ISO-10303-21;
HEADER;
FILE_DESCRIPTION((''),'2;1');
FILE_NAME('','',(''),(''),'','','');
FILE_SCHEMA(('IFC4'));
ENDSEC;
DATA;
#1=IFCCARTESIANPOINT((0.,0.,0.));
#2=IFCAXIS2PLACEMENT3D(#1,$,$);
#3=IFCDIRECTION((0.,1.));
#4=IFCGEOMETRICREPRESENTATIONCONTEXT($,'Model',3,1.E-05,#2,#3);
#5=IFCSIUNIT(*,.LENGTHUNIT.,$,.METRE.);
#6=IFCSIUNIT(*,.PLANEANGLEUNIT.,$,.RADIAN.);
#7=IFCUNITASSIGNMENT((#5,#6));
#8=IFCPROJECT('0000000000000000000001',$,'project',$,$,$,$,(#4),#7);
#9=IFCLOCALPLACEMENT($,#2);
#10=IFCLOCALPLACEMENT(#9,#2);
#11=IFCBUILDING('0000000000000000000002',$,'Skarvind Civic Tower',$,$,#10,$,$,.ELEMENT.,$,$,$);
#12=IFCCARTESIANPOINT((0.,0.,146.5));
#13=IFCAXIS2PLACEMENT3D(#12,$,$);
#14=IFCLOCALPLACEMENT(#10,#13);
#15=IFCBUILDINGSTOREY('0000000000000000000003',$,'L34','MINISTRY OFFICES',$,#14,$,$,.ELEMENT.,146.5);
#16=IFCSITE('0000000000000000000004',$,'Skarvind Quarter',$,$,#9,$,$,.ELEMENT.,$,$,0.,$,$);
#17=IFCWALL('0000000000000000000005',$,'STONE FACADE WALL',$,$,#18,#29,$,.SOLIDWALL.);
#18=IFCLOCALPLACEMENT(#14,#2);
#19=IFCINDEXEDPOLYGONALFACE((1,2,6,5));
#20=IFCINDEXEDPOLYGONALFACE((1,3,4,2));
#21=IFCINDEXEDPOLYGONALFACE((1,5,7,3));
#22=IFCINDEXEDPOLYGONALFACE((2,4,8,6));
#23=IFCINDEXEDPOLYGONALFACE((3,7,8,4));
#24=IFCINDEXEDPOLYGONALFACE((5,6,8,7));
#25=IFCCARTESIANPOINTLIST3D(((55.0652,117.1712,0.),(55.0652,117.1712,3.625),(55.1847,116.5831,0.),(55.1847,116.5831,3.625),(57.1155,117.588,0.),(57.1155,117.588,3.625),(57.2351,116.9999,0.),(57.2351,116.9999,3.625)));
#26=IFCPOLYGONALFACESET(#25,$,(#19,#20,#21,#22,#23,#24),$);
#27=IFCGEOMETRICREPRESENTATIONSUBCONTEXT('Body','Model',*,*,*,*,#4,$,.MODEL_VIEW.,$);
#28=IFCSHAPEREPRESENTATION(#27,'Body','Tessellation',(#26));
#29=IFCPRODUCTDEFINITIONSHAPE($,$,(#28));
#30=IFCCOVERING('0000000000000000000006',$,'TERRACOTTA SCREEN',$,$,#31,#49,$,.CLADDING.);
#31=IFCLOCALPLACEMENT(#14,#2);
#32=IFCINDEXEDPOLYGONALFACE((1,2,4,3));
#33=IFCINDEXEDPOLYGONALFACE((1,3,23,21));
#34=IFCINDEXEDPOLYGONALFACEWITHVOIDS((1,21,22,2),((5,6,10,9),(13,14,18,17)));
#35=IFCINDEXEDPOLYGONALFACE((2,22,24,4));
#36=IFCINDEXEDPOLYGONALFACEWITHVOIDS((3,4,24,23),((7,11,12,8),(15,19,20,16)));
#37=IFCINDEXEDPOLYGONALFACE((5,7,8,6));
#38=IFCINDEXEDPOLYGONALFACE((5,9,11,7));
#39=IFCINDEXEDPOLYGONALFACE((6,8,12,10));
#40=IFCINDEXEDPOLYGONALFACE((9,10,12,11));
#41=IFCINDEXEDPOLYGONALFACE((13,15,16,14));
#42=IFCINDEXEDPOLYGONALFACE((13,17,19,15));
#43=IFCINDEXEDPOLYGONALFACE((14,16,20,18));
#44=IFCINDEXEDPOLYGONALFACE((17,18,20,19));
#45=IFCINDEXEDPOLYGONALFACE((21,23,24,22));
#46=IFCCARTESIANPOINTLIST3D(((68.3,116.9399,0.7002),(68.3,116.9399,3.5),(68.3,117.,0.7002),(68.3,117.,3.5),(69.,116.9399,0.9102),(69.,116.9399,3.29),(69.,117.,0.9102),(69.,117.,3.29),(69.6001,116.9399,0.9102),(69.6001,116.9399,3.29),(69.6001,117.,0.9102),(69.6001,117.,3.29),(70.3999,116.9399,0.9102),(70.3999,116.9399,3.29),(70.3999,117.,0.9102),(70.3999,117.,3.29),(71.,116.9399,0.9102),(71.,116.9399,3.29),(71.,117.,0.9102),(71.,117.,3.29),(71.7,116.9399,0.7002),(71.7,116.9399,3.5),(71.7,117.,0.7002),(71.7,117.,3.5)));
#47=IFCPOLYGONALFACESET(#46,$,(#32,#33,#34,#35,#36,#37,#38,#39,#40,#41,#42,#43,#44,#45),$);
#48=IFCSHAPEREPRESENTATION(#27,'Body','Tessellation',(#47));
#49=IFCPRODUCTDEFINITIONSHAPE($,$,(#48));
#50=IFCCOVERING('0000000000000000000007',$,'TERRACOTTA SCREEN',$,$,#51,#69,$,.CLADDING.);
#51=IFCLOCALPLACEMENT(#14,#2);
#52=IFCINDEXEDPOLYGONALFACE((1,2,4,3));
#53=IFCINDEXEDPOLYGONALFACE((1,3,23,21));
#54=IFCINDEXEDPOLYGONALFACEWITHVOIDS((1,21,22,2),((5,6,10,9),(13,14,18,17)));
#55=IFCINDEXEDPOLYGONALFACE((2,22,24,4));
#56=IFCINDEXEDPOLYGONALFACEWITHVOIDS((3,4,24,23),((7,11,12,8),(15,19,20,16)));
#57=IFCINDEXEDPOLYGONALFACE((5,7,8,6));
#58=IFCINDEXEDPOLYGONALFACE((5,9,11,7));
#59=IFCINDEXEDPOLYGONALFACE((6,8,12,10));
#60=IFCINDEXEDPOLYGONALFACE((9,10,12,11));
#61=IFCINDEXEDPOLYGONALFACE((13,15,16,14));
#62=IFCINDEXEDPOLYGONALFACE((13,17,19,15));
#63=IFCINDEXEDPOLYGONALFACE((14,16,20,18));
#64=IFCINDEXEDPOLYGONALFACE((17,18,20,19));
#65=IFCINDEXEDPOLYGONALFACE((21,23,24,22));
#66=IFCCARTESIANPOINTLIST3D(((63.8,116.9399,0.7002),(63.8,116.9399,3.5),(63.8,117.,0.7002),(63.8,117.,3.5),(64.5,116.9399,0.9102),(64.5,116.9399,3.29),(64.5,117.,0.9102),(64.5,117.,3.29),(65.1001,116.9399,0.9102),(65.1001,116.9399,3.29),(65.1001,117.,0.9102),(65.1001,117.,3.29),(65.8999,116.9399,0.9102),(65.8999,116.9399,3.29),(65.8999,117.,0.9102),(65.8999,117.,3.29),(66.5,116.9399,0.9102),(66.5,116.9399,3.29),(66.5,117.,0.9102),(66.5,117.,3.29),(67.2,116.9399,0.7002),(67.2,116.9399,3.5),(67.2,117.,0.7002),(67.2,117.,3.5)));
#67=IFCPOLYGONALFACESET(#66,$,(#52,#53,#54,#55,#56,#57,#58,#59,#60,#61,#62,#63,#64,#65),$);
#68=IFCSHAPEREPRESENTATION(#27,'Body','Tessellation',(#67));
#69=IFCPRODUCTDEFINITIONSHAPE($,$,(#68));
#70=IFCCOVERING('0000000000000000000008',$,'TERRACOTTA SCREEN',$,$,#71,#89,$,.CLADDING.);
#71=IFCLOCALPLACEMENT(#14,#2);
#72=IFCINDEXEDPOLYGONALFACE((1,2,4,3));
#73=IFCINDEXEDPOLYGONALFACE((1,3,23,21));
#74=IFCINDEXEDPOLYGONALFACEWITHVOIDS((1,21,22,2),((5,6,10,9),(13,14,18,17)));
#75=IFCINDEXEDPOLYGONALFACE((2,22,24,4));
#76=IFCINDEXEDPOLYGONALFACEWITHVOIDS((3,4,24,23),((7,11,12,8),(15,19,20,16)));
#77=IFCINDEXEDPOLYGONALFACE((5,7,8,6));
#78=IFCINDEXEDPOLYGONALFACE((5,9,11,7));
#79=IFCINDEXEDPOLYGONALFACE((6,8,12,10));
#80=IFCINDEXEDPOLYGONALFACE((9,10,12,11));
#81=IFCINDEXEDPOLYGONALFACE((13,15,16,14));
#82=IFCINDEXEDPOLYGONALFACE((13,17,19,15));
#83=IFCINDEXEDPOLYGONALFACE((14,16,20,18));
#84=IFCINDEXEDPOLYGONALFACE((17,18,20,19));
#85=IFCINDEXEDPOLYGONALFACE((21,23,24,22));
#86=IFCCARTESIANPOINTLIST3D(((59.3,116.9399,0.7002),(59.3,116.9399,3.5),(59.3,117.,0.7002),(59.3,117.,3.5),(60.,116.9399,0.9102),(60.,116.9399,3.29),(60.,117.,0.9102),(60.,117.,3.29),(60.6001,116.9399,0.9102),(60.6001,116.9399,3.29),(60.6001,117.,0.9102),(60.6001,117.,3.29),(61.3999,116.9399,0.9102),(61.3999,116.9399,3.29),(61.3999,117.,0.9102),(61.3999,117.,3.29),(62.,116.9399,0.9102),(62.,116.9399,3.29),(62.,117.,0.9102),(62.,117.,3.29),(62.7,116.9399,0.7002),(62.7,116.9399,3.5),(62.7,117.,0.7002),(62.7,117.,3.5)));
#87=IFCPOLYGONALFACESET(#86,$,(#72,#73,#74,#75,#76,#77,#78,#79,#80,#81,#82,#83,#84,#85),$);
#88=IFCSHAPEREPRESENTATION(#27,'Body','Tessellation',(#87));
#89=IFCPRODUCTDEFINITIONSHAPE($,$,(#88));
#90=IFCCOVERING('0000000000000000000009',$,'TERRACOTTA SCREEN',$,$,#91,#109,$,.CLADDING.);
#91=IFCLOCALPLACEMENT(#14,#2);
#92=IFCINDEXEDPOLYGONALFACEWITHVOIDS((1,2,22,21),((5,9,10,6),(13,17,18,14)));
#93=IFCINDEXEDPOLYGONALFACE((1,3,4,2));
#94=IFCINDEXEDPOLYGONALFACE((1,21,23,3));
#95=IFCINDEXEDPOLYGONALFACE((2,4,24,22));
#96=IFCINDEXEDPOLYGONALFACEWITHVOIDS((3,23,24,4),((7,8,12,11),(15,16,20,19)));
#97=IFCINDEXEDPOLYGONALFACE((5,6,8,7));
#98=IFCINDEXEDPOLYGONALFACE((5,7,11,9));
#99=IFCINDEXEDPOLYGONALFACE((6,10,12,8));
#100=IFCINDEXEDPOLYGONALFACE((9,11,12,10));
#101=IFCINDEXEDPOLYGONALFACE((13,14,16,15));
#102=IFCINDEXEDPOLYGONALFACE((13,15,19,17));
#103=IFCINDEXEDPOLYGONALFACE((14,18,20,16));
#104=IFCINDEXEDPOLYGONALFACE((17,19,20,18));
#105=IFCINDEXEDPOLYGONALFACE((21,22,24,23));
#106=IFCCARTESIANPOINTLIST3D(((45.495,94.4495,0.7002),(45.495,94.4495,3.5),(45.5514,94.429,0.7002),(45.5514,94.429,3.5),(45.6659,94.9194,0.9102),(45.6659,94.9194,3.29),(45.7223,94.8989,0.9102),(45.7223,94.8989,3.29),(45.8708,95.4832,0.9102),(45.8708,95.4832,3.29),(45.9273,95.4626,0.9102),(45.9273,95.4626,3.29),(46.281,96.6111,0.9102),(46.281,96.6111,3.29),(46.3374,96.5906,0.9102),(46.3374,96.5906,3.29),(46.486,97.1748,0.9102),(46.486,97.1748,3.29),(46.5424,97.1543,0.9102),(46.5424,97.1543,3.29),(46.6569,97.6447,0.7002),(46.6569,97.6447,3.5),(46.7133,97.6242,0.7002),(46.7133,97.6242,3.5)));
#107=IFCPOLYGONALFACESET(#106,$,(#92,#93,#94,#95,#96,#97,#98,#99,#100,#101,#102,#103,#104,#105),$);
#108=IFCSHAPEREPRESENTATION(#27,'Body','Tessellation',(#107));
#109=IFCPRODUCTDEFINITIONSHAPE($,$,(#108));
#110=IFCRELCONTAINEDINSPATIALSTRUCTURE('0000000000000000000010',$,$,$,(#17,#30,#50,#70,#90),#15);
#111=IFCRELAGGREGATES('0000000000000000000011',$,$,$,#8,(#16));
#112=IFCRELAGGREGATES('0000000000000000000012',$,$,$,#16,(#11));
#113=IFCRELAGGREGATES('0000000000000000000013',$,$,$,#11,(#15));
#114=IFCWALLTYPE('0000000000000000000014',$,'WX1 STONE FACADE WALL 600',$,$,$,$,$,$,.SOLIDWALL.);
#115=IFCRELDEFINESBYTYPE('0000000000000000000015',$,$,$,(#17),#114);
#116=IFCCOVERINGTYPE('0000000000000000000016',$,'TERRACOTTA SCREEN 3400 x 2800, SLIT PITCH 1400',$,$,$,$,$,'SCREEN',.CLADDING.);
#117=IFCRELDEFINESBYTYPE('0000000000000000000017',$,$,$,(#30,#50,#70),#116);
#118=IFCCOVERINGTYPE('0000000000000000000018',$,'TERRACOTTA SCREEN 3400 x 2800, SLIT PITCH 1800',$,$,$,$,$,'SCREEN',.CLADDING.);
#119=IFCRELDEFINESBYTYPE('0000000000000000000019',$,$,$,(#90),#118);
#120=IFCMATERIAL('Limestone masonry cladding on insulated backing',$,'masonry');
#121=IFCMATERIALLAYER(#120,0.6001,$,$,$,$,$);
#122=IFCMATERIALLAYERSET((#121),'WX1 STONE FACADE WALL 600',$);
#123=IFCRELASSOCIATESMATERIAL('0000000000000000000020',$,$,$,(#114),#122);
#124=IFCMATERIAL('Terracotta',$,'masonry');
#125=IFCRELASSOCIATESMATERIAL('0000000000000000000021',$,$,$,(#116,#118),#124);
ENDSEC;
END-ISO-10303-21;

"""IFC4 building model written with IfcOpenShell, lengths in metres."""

from ifc_helpers import new_model, si_unit, direction, frame, frame_2d, origin, place, context, subcontext, project, spatial, polyline, rectangle, outline, extrude, material, layer, layer_set, material_profile, profile_set, type_object, element, save


model = new_model("IFC4")

# Units and contexts
model_context = context("Model", 3, precision=1e-05, world=origin(), true_north=direction((0.0, 1.0)))
body_context = subcontext(model_context, "Body", "Model", "MODEL_VIEW")
ifc_project = project(units=[si_unit("LENGTHUNIT", "METRE"), si_unit("PLANEANGLEUNIT", "RADIAN")], contexts=[model_context])

# Site, building, storey
site_placement = place(None, origin())
site = spatial("IfcSite", under=ifc_project, at=site_placement, Name="Skarvind Quarter", CompositionType="ELEMENT", RefElevation=0.0)
building_placement = place(site_placement, origin())
building = spatial("IfcBuilding", under=site, at=building_placement, Name="Skarvind Civic Tower", CompositionType="ELEMENT")
storey_placement = place(building_placement, frame((0.0, 0.0, 146.5)))
storey = spatial("IfcBuildingStorey", under=building, at=storey_placement, Name="L34", Description="MINISTRY OFFICES", CompositionType="ELEMENT", Elevation=146.5)

# Shared definitions
ifc_material_1 = material(Name="Limestone masonry cladding on insulated backing", Category="masonry")
ifc_layer_1 = layer(ifc_material_1, 0.6001)
ifc_layer_set_1 = layer_set([ifc_layer_1], Name="WX1 STONE FACADE WALL 600")
wall_type_1 = type_object("IfcWallType", Name="WX1 STONE FACADE WALL 600", PredefinedType="SOLIDWALL", material=ifc_layer_set_1)

# Wall
for number, where, z_axis, x_axis, name in (
    (1, (57.1753, 117.2939, 0.0), (0.0, 0.0, 1.0), (-0.979961, -0.199189, 0.0), "STONE FACADE WALL"),
):
    element("IfcWall", number, at=place(storey_placement, frame(where, z_axis=z_axis, x_axis=x_axis)), inside=storey, type_object=wall_type_1, Name=name, PredefinedType="SOLIDWALL", context=body_context, shape_type="SweptSolid", body=[
        extrude(rectangle(XDim=2.0923, YDim=0.6001, at=frame_2d((1.0461, 0.0))), origin(), (0.0, 0.0, 1.0), 3.625),
    ])

# Coverings
ifc_material_2 = material(Name="Terracotta", Category="masonry")
ifc_material_profile_1 = material_profile(ifc_material_2, outline(polyline([(-1.7, -1.3999), (1.7, -1.3999), (1.7, 1.3999), (-1.7, 1.3999), (-1.7, -1.3999)]), holes=[polyline([(-1.0, -1.1899), (-0.3999, -1.1899), (-0.3999, 1.1899), (-1.0, 1.1899), (-1.0, -1.1899)]), polyline([(0.3999, -1.1899), (1.0, -1.1899), (1.0, 1.1899), (0.3999, 1.1899), (0.3999, -1.1899)])]), Name="TERRACOTTA SCREEN 3400 x 2800, SLIT PITCH 1400")
ifc_profile_set_1 = profile_set([ifc_material_profile_1], Name="Terracotta")
covering_type_1 = type_object("IfcCoveringType", Name="TERRACOTTA SCREEN 3400 x 2800, SLIT PITCH 1400", ElementType="SCREEN", PredefinedType="CLADDING", material=ifc_profile_set_1)
for number, where, z_axis, x_axis, name in (
    (2, (70.0, 117.0, 2.1001), (0.0, -1.0, 0.0), (1.0, 0.0, 0.0), "TERRACOTTA SCREEN"),
    (3, (65.5, 117.0, 2.1001), (0.0, -1.0, 0.0), (1.0, 0.0, 0.0), "TERRACOTTA SCREEN"),
    (4, (61.0, 117.0, 2.1001), (0.0, -1.0, 0.0), (1.0, 0.0, 0.0), "TERRACOTTA SCREEN"),
):
    element("IfcCovering", number, at=place(storey_placement, frame(where, z_axis=z_axis, x_axis=x_axis)), inside=storey, type_object=covering_type_1, Name=name, PredefinedType="CLADDING", context=body_context, shape_type="SweptSolid", body=[
        extrude(outline(polyline([(-1.7, -1.3999), (1.7, -1.3999), (1.7, 1.3999), (-1.7, 1.3999), (-1.7, -1.3999)]), holes=[polyline([(-1.0, -1.1899), (-0.3999, -1.1899), (-0.3999, 1.1899), (-1.0, 1.1899), (-1.0, -1.1899)]), polyline([(0.3999, -1.1899), (1.0, -1.1899), (1.0, 1.1899), (0.3999, 1.1899), (0.3999, -1.1899)])]), origin(), (0.0, 0.0, 1.0), 0.0601),
    ])
ifc_material_profile_2 = material_profile(ifc_material_2, outline(polyline([(-1.7, -1.3999), (1.7, -1.3999), (1.7, 1.3999), (-1.7, 1.3999), (-1.7, -1.3999)]), holes=[polyline([(-1.2, -1.1899), (-0.6001, -1.1899), (-0.6001, 1.1899), (-1.2, 1.1899), (-1.2, -1.1899)]), polyline([(0.6001, -1.1899), (1.2, -1.1899), (1.2, 1.1899), (0.6001, 1.1899), (0.6001, -1.1899)])]), Name="TERRACOTTA SCREEN 3400 x 2800, SLIT PITCH 1800")
ifc_profile_set_2 = profile_set([ifc_material_profile_2], Name="Terracotta")
covering_type_2 = type_object("IfcCoveringType", Name="TERRACOTTA SCREEN 3400 x 2800, SLIT PITCH 1800", ElementType="SCREEN", PredefinedType="CLADDING", material=ifc_profile_set_2)
covering_placement = place(storey_placement, frame((46.0759, 96.0471, 2.1001), z_axis=(0.939793, -0.341743, 0.0), x_axis=(0.341743, 0.939793, 0.0)))
element("IfcCovering", 5, at=covering_placement, inside=storey, type_object=covering_type_2, Name="TERRACOTTA SCREEN", PredefinedType="CLADDING", context=body_context, shape_type="SweptSolid", body=[
    extrude(outline(polyline([(-1.7, -1.3999), (1.7, -1.3999), (1.7, 1.3999), (-1.7, 1.3999), (-1.7, -1.3999)]), holes=[polyline([(-1.2, -1.1899), (-0.6001, -1.1899), (-0.6001, 1.1899), (-1.2, 1.1899), (-1.2, -1.1899)]), polyline([(0.6001, -1.1899), (1.2, -1.1899), (1.2, 1.1899), (0.6001, 1.1899), (0.6001, -1.1899)])]), origin(), (0.0, 0.0, 1.0), 0.0601),
])

save(model, "model.ifc")
